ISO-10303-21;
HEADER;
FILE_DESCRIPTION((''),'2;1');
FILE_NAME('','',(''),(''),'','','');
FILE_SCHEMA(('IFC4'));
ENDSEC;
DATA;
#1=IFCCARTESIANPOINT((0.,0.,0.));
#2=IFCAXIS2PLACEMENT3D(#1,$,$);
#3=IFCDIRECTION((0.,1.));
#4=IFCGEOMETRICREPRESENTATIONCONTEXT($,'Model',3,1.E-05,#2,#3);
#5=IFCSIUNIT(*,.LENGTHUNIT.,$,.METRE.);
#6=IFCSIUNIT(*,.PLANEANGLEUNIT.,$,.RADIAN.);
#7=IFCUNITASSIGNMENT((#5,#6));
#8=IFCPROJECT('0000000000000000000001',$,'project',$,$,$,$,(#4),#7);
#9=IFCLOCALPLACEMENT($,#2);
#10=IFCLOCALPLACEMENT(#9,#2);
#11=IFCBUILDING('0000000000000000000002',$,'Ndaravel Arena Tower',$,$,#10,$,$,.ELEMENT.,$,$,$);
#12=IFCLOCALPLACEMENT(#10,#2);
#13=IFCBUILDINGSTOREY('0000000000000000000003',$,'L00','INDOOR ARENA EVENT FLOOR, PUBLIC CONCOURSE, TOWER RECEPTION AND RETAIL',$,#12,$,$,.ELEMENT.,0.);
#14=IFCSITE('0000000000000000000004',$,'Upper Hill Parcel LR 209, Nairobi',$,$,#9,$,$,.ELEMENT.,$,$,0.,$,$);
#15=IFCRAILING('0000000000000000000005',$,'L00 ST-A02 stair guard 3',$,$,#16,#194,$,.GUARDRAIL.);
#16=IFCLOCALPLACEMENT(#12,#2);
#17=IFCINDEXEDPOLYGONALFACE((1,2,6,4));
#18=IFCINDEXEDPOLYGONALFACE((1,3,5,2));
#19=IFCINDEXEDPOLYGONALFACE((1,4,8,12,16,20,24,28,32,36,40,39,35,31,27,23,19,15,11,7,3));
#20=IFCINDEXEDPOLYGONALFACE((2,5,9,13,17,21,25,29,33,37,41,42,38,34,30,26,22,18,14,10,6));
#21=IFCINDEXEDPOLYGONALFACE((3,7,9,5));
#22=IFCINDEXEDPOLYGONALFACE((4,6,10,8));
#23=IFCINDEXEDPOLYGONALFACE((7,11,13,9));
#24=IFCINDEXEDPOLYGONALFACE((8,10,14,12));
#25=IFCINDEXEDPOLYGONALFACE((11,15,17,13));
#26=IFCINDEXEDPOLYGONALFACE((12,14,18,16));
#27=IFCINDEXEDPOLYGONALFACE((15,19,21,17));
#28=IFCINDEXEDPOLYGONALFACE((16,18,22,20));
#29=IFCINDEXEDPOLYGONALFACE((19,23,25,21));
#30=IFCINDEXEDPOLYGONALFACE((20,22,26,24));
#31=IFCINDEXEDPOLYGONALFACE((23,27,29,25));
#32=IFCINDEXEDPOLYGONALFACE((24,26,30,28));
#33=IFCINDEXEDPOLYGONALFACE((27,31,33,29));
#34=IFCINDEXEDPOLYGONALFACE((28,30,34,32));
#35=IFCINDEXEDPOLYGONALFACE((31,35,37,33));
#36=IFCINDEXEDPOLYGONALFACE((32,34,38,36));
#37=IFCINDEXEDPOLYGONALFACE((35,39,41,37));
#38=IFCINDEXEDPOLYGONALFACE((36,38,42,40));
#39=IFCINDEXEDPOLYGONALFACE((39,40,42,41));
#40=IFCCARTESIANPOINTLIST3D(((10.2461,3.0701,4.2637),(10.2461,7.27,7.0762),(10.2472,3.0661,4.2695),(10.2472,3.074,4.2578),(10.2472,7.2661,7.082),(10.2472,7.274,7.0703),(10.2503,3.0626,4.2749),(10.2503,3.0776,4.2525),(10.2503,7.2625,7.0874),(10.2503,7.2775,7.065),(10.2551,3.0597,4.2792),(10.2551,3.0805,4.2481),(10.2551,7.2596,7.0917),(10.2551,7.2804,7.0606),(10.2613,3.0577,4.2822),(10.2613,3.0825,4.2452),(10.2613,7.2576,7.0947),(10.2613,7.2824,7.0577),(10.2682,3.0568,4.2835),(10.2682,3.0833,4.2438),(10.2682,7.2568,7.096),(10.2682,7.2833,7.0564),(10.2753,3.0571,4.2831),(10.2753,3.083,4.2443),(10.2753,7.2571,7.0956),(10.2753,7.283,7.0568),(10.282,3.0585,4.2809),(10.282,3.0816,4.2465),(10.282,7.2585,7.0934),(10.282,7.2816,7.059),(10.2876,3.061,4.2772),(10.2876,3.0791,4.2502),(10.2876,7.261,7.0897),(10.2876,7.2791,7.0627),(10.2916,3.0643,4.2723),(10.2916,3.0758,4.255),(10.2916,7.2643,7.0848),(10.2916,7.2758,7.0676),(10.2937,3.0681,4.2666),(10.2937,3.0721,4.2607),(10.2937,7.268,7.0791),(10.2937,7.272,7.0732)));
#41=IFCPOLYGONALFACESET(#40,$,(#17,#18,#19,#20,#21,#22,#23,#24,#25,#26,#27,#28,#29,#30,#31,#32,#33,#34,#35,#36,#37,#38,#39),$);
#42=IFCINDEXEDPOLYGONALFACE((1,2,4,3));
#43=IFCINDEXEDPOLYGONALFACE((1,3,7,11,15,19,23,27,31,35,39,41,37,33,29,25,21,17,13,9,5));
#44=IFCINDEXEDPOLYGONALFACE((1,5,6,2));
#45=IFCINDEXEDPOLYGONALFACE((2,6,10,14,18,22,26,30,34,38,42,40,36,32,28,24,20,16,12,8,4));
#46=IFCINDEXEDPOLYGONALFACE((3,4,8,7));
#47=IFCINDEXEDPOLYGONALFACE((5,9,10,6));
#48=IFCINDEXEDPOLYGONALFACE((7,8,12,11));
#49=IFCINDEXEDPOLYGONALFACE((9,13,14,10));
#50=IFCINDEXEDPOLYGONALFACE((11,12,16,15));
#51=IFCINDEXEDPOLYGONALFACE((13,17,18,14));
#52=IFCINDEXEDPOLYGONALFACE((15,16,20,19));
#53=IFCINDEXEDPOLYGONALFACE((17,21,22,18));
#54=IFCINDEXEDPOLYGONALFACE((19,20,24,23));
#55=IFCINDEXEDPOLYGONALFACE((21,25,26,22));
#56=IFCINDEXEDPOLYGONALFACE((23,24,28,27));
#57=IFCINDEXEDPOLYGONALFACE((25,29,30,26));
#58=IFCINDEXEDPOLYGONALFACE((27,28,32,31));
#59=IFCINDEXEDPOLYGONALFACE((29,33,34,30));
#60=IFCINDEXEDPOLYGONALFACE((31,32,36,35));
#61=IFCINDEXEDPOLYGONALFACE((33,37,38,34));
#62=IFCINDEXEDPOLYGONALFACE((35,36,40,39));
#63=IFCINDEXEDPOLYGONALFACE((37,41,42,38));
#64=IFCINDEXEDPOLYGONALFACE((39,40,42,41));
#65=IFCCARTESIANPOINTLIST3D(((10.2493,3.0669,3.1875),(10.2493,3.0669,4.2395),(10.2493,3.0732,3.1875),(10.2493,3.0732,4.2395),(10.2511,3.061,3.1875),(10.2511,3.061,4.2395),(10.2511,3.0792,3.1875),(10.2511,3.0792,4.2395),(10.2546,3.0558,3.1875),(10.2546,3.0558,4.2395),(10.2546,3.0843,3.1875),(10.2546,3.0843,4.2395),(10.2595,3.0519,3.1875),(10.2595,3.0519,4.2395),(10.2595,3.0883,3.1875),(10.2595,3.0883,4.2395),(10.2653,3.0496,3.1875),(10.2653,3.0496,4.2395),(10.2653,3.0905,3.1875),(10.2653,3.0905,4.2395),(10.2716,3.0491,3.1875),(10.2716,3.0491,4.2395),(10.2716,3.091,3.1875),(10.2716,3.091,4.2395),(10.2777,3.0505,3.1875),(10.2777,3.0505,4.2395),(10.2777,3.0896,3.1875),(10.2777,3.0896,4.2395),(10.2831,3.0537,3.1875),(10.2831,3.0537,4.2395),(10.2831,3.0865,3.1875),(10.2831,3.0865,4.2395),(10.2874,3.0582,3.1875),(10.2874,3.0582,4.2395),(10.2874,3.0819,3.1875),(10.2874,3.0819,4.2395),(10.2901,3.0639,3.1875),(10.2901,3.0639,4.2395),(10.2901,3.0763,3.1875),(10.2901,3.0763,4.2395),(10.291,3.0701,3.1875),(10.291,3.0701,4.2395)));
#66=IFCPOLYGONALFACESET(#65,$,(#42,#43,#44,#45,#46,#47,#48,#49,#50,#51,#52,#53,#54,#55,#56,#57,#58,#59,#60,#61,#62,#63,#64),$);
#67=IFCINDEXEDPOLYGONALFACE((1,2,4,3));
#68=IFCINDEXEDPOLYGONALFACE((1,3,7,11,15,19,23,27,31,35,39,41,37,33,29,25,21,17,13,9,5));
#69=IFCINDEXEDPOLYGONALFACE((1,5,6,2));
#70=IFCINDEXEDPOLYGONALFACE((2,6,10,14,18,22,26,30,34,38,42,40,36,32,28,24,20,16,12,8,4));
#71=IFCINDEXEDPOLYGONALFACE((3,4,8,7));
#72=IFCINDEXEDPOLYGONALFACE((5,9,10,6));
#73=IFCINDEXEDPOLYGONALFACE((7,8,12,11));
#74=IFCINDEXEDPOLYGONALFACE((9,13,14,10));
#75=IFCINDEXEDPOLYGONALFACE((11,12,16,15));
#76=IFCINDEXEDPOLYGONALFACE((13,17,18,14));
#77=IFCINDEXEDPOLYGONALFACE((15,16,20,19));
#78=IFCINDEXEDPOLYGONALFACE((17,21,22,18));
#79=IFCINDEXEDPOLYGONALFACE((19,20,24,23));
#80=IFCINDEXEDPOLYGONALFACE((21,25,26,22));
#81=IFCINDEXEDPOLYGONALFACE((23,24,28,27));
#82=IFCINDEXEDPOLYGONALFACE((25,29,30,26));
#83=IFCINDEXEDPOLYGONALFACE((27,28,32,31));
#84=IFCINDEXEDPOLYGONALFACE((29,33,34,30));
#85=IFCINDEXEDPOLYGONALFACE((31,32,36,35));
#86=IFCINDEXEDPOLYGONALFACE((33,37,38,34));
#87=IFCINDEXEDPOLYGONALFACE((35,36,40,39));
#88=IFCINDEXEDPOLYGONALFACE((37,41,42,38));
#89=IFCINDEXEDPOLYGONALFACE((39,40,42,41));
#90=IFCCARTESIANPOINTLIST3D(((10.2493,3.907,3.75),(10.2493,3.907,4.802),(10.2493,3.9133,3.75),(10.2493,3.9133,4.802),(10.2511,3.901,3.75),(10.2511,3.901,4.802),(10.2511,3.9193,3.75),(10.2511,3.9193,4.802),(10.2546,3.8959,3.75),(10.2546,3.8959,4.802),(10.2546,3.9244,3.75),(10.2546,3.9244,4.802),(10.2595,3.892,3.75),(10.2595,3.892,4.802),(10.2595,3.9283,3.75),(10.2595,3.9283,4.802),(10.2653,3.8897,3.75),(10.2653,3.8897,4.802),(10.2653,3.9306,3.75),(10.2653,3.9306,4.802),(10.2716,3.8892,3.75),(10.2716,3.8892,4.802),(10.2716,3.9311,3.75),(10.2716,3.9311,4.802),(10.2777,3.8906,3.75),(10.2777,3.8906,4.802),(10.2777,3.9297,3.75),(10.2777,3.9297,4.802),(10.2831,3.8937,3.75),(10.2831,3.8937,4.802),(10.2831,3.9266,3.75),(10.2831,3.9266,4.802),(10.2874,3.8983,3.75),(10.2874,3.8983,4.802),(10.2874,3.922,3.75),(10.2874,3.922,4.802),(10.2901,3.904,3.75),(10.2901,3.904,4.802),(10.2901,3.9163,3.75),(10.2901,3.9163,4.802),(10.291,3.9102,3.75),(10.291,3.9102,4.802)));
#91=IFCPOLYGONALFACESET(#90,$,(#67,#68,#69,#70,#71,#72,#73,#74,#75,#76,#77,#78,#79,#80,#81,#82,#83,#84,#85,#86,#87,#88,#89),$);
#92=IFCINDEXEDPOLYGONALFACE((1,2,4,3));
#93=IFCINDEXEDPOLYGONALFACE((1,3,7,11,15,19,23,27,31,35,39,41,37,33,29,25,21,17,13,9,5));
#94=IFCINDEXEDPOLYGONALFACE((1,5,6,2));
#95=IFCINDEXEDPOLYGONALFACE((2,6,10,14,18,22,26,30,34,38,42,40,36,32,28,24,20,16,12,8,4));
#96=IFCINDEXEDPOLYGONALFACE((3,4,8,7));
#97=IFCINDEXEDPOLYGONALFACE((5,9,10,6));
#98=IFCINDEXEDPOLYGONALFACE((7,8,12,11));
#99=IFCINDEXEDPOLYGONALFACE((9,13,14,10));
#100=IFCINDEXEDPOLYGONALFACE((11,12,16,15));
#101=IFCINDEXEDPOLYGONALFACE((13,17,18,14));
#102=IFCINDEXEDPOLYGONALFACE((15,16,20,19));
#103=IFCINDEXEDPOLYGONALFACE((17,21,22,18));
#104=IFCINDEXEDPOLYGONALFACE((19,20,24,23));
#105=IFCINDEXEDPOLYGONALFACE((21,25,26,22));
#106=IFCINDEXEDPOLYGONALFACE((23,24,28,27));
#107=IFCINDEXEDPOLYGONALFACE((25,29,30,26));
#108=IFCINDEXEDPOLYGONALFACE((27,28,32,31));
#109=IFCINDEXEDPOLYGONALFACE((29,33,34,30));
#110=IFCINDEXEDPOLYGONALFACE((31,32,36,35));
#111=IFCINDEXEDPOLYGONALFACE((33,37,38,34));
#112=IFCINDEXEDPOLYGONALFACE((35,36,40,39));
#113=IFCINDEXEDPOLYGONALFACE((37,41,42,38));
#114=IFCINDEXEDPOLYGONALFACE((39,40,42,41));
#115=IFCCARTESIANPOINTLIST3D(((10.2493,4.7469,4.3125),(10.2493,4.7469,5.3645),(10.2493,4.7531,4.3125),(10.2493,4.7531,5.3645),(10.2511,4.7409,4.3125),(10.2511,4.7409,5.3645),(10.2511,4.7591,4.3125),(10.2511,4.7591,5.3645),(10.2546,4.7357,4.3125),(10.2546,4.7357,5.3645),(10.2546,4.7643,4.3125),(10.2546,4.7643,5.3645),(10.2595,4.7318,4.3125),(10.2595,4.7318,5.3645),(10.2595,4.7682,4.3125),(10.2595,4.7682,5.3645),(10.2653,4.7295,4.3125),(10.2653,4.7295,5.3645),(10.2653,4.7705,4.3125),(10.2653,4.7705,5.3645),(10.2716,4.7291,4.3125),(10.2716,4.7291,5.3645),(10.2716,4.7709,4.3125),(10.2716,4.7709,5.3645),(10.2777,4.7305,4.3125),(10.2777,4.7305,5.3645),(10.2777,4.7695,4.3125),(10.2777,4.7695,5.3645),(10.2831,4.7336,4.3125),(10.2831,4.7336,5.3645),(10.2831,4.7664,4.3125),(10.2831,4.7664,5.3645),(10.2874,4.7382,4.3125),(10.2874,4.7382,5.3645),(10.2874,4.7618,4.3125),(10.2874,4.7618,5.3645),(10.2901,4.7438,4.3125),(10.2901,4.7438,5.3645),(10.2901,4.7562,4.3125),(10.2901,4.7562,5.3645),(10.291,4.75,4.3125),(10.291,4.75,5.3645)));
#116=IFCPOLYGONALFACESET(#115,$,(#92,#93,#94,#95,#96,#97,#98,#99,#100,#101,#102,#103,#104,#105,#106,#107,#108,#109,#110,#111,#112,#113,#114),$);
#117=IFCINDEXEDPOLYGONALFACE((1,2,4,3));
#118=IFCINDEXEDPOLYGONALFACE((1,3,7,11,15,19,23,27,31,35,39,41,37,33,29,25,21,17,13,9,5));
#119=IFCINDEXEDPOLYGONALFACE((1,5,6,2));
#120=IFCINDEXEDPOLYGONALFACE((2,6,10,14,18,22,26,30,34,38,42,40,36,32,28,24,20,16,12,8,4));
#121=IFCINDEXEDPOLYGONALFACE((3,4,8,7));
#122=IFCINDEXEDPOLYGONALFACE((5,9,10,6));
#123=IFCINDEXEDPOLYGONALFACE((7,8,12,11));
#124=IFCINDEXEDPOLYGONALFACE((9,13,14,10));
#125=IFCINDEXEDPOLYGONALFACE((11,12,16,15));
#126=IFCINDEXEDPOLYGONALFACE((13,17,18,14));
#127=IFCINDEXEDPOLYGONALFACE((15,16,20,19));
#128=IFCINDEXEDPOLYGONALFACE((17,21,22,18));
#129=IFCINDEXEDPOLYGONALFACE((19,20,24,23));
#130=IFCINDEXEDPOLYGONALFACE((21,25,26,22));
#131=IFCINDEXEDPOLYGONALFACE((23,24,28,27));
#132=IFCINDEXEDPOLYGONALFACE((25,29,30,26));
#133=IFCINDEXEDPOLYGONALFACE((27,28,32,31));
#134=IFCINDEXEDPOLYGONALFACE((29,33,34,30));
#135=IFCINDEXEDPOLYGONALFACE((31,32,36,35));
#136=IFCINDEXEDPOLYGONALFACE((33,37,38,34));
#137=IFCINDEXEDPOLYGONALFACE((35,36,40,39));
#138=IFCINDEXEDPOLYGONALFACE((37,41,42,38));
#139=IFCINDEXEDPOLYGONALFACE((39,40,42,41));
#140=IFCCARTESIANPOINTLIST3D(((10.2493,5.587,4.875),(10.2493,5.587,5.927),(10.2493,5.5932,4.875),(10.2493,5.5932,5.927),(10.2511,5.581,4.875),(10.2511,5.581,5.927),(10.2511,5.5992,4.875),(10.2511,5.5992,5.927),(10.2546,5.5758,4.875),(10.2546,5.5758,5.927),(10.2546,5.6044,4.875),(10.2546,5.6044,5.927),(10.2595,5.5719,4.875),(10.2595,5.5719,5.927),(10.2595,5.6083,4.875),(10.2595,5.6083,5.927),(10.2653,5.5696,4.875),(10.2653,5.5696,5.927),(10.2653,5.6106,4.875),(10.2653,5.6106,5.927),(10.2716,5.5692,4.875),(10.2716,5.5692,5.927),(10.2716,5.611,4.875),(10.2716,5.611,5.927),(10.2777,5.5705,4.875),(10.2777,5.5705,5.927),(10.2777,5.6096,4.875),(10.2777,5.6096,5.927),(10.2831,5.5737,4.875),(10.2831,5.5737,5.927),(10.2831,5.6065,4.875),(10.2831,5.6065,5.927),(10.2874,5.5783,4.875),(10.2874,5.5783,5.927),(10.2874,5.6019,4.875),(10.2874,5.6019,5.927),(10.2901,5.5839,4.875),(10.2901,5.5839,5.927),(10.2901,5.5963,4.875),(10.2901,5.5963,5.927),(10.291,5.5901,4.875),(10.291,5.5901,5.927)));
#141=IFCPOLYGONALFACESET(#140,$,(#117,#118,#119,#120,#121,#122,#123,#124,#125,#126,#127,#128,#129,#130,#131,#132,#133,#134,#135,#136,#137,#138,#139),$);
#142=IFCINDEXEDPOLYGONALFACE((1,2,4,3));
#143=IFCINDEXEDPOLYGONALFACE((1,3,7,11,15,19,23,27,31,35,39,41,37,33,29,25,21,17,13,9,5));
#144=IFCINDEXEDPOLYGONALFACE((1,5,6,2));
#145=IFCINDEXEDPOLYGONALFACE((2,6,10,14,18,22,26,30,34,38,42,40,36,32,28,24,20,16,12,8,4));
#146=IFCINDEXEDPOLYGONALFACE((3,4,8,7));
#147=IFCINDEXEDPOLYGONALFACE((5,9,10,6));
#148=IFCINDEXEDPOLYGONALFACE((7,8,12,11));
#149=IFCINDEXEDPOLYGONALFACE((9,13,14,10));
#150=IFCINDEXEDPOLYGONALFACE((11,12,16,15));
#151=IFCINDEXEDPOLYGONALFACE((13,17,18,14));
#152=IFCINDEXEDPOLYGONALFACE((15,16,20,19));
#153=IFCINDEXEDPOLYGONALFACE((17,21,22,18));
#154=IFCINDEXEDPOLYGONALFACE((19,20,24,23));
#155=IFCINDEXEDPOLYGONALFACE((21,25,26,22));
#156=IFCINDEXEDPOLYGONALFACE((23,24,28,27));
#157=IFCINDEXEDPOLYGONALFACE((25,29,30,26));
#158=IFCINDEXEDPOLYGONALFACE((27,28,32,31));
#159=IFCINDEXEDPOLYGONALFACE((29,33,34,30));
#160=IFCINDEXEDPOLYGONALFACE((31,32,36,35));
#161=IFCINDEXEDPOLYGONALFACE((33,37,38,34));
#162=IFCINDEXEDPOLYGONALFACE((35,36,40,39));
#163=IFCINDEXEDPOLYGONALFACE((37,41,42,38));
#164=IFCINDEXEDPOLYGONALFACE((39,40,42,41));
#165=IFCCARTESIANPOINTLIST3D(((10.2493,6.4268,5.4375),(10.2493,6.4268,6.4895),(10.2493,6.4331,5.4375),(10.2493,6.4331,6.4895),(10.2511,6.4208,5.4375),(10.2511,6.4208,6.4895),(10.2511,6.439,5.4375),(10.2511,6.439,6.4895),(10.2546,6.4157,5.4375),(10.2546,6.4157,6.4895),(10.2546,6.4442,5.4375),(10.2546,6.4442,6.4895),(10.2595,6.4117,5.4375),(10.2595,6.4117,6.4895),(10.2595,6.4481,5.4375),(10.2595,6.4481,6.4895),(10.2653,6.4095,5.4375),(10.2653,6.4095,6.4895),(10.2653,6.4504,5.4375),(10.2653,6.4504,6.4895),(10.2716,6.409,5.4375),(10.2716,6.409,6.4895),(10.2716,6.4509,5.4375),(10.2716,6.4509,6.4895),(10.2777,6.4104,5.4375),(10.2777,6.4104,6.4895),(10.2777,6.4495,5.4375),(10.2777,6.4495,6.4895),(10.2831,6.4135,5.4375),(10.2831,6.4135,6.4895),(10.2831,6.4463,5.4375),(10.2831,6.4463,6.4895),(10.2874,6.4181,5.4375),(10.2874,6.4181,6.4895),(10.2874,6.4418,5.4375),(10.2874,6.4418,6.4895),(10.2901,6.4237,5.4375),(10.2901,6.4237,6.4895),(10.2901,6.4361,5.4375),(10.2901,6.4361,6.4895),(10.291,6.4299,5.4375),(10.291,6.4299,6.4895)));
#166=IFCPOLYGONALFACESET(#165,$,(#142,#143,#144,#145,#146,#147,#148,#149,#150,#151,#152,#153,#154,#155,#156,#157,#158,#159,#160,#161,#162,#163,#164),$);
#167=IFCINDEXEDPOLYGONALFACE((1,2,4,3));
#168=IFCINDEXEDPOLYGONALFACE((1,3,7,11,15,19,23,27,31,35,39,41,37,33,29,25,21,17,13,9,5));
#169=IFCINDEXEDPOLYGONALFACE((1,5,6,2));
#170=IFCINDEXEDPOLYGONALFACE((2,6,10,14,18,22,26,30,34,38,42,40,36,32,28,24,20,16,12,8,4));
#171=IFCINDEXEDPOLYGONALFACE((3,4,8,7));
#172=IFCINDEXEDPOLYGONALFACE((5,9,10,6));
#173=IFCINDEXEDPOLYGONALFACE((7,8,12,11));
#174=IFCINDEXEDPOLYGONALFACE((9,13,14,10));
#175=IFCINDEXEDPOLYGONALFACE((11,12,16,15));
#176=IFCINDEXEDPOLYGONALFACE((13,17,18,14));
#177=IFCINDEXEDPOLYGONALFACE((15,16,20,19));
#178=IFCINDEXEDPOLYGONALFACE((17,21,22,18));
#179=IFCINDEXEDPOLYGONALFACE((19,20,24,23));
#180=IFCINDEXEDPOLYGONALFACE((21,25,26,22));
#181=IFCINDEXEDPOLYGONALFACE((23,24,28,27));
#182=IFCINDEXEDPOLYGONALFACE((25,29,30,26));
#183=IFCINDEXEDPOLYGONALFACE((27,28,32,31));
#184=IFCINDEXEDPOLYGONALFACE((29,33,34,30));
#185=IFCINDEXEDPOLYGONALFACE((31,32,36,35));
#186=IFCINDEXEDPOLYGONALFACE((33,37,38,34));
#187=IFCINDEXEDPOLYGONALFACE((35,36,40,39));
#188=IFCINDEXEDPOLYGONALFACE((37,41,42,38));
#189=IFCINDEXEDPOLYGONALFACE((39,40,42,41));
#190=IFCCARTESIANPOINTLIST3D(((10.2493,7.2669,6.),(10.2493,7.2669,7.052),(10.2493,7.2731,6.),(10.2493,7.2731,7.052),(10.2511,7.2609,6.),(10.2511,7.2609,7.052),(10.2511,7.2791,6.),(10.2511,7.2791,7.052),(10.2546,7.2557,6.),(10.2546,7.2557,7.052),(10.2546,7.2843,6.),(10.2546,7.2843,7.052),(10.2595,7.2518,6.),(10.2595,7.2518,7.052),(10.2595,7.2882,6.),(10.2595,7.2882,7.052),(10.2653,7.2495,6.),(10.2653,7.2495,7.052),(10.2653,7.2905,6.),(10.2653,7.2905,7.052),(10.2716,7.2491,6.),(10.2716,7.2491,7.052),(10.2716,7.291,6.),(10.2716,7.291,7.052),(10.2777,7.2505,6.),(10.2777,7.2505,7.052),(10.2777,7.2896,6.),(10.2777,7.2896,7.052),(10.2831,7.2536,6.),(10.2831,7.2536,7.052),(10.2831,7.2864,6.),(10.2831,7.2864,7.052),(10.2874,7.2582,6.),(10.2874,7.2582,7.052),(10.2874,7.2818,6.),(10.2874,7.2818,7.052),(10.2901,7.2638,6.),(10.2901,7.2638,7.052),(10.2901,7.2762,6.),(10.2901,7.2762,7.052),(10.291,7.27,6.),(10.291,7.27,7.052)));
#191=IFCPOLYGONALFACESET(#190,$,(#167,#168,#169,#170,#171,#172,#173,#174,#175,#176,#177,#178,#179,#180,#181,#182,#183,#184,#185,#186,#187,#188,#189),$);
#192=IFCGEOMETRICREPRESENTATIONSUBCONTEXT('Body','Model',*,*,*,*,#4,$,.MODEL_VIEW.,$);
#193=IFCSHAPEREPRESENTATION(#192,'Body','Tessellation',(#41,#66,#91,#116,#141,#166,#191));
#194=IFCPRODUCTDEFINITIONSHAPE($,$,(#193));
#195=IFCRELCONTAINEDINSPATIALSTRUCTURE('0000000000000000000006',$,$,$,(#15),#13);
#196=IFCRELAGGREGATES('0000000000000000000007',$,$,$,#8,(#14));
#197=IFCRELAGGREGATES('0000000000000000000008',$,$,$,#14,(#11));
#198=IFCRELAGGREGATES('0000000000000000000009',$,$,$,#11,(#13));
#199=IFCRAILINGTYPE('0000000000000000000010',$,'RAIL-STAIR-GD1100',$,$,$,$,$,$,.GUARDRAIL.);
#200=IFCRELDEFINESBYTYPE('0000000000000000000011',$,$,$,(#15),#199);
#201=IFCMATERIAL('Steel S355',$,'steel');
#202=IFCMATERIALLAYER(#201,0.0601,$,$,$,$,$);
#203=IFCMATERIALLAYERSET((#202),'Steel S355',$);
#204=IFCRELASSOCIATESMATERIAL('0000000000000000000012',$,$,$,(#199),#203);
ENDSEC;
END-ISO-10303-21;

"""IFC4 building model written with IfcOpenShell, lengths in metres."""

from ifc_helpers import new_model, si_unit, direction, frame, origin, origin_2d, place, context, subcontext, project, spatial, circle, extrude, material, layer, layer_set, type_object, element, save


model = new_model("IFC4")

# Units and contexts
model_context = context("Model", 3, precision=1e-05, world=origin(), true_north=direction((0.0, 1.0)))
body_context = subcontext(model_context, "Body", "Model", "MODEL_VIEW")
ifc_project = project(units=[si_unit("LENGTHUNIT", "METRE"), si_unit("PLANEANGLEUNIT", "RADIAN")], contexts=[model_context])

# Site, building, storey
site_placement = place(None, origin())
site = spatial("IfcSite", under=ifc_project, at=site_placement, Name="Upper Hill Parcel LR 209, Nairobi", CompositionType="ELEMENT", RefElevation=0.0)
building_placement = place(site_placement, origin())
building = spatial("IfcBuilding", under=site, at=building_placement, Name="Ndaravel Arena Tower", CompositionType="ELEMENT")
storey_placement = place(building_placement, origin())
storey = spatial("IfcBuildingStorey", under=building, at=storey_placement, Name="L00", Description="INDOOR ARENA EVENT FLOOR, PUBLIC CONCOURSE, TOWER RECEPTION AND RETAIL", CompositionType="ELEMENT", Elevation=0.0)

# Railing
ifc_material_1 = material(Name="Steel S355", Category="steel")
ifc_layer_1 = layer(ifc_material_1, 0.0601)
ifc_layer_set_1 = layer_set([ifc_layer_1], Name="Steel S355")
railing_type_1 = type_object("IfcRailingType", Name="RAIL-STAIR-GD1100", PredefinedType="GUARDRAIL", material=ifc_layer_set_1)
railing_1_placement = place(storey_placement, frame((10.27, 3.0701, 3.1875)))
element("IfcRailing", 1, at=railing_1_placement, inside=storey, type_object=railing_type_1, Name="L00 ST-A02 stair guard 3", PredefinedType="GUARDRAIL", context=body_context, shape_type="SweptSolid", body=[
    extrude(circle(Radius=0.0239, at=origin_2d()), frame((0.0, 0.0, 1.0762), z_axis=(0.0, 0.830904, 0.556416), x_axis=(-1.0, 0.0, 0.0)), (0.0, 0.0, 1.0), 5.0547),
    extrude(circle(Radius=0.021, at=origin_2d()), origin(), (0.0, 0.0, 1.0), 1.052),
    extrude(circle(Radius=0.021, at=origin_2d()), frame((0.0, 0.8401, 0.5625)), (0.0, 0.0, 1.0), 1.052),
    extrude(circle(Radius=0.021, at=origin_2d()), frame((0.0, 1.6799, 1.125)), (0.0, 0.0, 1.0), 1.052),
    extrude(circle(Radius=0.021, at=origin_2d()), frame((0.0, 2.52, 1.6875)), (0.0, 0.0, 1.0), 1.052),
    extrude(circle(Radius=0.021, at=origin_2d()), frame((0.0, 3.3599, 2.25)), (0.0, 0.0, 1.0), 1.052),
    extrude(circle(Radius=0.021, at=origin_2d()), frame((0.0, 4.2, 2.8125)), (0.0, 0.0, 1.0), 1.052),
])

save(model, "model.ifc")
